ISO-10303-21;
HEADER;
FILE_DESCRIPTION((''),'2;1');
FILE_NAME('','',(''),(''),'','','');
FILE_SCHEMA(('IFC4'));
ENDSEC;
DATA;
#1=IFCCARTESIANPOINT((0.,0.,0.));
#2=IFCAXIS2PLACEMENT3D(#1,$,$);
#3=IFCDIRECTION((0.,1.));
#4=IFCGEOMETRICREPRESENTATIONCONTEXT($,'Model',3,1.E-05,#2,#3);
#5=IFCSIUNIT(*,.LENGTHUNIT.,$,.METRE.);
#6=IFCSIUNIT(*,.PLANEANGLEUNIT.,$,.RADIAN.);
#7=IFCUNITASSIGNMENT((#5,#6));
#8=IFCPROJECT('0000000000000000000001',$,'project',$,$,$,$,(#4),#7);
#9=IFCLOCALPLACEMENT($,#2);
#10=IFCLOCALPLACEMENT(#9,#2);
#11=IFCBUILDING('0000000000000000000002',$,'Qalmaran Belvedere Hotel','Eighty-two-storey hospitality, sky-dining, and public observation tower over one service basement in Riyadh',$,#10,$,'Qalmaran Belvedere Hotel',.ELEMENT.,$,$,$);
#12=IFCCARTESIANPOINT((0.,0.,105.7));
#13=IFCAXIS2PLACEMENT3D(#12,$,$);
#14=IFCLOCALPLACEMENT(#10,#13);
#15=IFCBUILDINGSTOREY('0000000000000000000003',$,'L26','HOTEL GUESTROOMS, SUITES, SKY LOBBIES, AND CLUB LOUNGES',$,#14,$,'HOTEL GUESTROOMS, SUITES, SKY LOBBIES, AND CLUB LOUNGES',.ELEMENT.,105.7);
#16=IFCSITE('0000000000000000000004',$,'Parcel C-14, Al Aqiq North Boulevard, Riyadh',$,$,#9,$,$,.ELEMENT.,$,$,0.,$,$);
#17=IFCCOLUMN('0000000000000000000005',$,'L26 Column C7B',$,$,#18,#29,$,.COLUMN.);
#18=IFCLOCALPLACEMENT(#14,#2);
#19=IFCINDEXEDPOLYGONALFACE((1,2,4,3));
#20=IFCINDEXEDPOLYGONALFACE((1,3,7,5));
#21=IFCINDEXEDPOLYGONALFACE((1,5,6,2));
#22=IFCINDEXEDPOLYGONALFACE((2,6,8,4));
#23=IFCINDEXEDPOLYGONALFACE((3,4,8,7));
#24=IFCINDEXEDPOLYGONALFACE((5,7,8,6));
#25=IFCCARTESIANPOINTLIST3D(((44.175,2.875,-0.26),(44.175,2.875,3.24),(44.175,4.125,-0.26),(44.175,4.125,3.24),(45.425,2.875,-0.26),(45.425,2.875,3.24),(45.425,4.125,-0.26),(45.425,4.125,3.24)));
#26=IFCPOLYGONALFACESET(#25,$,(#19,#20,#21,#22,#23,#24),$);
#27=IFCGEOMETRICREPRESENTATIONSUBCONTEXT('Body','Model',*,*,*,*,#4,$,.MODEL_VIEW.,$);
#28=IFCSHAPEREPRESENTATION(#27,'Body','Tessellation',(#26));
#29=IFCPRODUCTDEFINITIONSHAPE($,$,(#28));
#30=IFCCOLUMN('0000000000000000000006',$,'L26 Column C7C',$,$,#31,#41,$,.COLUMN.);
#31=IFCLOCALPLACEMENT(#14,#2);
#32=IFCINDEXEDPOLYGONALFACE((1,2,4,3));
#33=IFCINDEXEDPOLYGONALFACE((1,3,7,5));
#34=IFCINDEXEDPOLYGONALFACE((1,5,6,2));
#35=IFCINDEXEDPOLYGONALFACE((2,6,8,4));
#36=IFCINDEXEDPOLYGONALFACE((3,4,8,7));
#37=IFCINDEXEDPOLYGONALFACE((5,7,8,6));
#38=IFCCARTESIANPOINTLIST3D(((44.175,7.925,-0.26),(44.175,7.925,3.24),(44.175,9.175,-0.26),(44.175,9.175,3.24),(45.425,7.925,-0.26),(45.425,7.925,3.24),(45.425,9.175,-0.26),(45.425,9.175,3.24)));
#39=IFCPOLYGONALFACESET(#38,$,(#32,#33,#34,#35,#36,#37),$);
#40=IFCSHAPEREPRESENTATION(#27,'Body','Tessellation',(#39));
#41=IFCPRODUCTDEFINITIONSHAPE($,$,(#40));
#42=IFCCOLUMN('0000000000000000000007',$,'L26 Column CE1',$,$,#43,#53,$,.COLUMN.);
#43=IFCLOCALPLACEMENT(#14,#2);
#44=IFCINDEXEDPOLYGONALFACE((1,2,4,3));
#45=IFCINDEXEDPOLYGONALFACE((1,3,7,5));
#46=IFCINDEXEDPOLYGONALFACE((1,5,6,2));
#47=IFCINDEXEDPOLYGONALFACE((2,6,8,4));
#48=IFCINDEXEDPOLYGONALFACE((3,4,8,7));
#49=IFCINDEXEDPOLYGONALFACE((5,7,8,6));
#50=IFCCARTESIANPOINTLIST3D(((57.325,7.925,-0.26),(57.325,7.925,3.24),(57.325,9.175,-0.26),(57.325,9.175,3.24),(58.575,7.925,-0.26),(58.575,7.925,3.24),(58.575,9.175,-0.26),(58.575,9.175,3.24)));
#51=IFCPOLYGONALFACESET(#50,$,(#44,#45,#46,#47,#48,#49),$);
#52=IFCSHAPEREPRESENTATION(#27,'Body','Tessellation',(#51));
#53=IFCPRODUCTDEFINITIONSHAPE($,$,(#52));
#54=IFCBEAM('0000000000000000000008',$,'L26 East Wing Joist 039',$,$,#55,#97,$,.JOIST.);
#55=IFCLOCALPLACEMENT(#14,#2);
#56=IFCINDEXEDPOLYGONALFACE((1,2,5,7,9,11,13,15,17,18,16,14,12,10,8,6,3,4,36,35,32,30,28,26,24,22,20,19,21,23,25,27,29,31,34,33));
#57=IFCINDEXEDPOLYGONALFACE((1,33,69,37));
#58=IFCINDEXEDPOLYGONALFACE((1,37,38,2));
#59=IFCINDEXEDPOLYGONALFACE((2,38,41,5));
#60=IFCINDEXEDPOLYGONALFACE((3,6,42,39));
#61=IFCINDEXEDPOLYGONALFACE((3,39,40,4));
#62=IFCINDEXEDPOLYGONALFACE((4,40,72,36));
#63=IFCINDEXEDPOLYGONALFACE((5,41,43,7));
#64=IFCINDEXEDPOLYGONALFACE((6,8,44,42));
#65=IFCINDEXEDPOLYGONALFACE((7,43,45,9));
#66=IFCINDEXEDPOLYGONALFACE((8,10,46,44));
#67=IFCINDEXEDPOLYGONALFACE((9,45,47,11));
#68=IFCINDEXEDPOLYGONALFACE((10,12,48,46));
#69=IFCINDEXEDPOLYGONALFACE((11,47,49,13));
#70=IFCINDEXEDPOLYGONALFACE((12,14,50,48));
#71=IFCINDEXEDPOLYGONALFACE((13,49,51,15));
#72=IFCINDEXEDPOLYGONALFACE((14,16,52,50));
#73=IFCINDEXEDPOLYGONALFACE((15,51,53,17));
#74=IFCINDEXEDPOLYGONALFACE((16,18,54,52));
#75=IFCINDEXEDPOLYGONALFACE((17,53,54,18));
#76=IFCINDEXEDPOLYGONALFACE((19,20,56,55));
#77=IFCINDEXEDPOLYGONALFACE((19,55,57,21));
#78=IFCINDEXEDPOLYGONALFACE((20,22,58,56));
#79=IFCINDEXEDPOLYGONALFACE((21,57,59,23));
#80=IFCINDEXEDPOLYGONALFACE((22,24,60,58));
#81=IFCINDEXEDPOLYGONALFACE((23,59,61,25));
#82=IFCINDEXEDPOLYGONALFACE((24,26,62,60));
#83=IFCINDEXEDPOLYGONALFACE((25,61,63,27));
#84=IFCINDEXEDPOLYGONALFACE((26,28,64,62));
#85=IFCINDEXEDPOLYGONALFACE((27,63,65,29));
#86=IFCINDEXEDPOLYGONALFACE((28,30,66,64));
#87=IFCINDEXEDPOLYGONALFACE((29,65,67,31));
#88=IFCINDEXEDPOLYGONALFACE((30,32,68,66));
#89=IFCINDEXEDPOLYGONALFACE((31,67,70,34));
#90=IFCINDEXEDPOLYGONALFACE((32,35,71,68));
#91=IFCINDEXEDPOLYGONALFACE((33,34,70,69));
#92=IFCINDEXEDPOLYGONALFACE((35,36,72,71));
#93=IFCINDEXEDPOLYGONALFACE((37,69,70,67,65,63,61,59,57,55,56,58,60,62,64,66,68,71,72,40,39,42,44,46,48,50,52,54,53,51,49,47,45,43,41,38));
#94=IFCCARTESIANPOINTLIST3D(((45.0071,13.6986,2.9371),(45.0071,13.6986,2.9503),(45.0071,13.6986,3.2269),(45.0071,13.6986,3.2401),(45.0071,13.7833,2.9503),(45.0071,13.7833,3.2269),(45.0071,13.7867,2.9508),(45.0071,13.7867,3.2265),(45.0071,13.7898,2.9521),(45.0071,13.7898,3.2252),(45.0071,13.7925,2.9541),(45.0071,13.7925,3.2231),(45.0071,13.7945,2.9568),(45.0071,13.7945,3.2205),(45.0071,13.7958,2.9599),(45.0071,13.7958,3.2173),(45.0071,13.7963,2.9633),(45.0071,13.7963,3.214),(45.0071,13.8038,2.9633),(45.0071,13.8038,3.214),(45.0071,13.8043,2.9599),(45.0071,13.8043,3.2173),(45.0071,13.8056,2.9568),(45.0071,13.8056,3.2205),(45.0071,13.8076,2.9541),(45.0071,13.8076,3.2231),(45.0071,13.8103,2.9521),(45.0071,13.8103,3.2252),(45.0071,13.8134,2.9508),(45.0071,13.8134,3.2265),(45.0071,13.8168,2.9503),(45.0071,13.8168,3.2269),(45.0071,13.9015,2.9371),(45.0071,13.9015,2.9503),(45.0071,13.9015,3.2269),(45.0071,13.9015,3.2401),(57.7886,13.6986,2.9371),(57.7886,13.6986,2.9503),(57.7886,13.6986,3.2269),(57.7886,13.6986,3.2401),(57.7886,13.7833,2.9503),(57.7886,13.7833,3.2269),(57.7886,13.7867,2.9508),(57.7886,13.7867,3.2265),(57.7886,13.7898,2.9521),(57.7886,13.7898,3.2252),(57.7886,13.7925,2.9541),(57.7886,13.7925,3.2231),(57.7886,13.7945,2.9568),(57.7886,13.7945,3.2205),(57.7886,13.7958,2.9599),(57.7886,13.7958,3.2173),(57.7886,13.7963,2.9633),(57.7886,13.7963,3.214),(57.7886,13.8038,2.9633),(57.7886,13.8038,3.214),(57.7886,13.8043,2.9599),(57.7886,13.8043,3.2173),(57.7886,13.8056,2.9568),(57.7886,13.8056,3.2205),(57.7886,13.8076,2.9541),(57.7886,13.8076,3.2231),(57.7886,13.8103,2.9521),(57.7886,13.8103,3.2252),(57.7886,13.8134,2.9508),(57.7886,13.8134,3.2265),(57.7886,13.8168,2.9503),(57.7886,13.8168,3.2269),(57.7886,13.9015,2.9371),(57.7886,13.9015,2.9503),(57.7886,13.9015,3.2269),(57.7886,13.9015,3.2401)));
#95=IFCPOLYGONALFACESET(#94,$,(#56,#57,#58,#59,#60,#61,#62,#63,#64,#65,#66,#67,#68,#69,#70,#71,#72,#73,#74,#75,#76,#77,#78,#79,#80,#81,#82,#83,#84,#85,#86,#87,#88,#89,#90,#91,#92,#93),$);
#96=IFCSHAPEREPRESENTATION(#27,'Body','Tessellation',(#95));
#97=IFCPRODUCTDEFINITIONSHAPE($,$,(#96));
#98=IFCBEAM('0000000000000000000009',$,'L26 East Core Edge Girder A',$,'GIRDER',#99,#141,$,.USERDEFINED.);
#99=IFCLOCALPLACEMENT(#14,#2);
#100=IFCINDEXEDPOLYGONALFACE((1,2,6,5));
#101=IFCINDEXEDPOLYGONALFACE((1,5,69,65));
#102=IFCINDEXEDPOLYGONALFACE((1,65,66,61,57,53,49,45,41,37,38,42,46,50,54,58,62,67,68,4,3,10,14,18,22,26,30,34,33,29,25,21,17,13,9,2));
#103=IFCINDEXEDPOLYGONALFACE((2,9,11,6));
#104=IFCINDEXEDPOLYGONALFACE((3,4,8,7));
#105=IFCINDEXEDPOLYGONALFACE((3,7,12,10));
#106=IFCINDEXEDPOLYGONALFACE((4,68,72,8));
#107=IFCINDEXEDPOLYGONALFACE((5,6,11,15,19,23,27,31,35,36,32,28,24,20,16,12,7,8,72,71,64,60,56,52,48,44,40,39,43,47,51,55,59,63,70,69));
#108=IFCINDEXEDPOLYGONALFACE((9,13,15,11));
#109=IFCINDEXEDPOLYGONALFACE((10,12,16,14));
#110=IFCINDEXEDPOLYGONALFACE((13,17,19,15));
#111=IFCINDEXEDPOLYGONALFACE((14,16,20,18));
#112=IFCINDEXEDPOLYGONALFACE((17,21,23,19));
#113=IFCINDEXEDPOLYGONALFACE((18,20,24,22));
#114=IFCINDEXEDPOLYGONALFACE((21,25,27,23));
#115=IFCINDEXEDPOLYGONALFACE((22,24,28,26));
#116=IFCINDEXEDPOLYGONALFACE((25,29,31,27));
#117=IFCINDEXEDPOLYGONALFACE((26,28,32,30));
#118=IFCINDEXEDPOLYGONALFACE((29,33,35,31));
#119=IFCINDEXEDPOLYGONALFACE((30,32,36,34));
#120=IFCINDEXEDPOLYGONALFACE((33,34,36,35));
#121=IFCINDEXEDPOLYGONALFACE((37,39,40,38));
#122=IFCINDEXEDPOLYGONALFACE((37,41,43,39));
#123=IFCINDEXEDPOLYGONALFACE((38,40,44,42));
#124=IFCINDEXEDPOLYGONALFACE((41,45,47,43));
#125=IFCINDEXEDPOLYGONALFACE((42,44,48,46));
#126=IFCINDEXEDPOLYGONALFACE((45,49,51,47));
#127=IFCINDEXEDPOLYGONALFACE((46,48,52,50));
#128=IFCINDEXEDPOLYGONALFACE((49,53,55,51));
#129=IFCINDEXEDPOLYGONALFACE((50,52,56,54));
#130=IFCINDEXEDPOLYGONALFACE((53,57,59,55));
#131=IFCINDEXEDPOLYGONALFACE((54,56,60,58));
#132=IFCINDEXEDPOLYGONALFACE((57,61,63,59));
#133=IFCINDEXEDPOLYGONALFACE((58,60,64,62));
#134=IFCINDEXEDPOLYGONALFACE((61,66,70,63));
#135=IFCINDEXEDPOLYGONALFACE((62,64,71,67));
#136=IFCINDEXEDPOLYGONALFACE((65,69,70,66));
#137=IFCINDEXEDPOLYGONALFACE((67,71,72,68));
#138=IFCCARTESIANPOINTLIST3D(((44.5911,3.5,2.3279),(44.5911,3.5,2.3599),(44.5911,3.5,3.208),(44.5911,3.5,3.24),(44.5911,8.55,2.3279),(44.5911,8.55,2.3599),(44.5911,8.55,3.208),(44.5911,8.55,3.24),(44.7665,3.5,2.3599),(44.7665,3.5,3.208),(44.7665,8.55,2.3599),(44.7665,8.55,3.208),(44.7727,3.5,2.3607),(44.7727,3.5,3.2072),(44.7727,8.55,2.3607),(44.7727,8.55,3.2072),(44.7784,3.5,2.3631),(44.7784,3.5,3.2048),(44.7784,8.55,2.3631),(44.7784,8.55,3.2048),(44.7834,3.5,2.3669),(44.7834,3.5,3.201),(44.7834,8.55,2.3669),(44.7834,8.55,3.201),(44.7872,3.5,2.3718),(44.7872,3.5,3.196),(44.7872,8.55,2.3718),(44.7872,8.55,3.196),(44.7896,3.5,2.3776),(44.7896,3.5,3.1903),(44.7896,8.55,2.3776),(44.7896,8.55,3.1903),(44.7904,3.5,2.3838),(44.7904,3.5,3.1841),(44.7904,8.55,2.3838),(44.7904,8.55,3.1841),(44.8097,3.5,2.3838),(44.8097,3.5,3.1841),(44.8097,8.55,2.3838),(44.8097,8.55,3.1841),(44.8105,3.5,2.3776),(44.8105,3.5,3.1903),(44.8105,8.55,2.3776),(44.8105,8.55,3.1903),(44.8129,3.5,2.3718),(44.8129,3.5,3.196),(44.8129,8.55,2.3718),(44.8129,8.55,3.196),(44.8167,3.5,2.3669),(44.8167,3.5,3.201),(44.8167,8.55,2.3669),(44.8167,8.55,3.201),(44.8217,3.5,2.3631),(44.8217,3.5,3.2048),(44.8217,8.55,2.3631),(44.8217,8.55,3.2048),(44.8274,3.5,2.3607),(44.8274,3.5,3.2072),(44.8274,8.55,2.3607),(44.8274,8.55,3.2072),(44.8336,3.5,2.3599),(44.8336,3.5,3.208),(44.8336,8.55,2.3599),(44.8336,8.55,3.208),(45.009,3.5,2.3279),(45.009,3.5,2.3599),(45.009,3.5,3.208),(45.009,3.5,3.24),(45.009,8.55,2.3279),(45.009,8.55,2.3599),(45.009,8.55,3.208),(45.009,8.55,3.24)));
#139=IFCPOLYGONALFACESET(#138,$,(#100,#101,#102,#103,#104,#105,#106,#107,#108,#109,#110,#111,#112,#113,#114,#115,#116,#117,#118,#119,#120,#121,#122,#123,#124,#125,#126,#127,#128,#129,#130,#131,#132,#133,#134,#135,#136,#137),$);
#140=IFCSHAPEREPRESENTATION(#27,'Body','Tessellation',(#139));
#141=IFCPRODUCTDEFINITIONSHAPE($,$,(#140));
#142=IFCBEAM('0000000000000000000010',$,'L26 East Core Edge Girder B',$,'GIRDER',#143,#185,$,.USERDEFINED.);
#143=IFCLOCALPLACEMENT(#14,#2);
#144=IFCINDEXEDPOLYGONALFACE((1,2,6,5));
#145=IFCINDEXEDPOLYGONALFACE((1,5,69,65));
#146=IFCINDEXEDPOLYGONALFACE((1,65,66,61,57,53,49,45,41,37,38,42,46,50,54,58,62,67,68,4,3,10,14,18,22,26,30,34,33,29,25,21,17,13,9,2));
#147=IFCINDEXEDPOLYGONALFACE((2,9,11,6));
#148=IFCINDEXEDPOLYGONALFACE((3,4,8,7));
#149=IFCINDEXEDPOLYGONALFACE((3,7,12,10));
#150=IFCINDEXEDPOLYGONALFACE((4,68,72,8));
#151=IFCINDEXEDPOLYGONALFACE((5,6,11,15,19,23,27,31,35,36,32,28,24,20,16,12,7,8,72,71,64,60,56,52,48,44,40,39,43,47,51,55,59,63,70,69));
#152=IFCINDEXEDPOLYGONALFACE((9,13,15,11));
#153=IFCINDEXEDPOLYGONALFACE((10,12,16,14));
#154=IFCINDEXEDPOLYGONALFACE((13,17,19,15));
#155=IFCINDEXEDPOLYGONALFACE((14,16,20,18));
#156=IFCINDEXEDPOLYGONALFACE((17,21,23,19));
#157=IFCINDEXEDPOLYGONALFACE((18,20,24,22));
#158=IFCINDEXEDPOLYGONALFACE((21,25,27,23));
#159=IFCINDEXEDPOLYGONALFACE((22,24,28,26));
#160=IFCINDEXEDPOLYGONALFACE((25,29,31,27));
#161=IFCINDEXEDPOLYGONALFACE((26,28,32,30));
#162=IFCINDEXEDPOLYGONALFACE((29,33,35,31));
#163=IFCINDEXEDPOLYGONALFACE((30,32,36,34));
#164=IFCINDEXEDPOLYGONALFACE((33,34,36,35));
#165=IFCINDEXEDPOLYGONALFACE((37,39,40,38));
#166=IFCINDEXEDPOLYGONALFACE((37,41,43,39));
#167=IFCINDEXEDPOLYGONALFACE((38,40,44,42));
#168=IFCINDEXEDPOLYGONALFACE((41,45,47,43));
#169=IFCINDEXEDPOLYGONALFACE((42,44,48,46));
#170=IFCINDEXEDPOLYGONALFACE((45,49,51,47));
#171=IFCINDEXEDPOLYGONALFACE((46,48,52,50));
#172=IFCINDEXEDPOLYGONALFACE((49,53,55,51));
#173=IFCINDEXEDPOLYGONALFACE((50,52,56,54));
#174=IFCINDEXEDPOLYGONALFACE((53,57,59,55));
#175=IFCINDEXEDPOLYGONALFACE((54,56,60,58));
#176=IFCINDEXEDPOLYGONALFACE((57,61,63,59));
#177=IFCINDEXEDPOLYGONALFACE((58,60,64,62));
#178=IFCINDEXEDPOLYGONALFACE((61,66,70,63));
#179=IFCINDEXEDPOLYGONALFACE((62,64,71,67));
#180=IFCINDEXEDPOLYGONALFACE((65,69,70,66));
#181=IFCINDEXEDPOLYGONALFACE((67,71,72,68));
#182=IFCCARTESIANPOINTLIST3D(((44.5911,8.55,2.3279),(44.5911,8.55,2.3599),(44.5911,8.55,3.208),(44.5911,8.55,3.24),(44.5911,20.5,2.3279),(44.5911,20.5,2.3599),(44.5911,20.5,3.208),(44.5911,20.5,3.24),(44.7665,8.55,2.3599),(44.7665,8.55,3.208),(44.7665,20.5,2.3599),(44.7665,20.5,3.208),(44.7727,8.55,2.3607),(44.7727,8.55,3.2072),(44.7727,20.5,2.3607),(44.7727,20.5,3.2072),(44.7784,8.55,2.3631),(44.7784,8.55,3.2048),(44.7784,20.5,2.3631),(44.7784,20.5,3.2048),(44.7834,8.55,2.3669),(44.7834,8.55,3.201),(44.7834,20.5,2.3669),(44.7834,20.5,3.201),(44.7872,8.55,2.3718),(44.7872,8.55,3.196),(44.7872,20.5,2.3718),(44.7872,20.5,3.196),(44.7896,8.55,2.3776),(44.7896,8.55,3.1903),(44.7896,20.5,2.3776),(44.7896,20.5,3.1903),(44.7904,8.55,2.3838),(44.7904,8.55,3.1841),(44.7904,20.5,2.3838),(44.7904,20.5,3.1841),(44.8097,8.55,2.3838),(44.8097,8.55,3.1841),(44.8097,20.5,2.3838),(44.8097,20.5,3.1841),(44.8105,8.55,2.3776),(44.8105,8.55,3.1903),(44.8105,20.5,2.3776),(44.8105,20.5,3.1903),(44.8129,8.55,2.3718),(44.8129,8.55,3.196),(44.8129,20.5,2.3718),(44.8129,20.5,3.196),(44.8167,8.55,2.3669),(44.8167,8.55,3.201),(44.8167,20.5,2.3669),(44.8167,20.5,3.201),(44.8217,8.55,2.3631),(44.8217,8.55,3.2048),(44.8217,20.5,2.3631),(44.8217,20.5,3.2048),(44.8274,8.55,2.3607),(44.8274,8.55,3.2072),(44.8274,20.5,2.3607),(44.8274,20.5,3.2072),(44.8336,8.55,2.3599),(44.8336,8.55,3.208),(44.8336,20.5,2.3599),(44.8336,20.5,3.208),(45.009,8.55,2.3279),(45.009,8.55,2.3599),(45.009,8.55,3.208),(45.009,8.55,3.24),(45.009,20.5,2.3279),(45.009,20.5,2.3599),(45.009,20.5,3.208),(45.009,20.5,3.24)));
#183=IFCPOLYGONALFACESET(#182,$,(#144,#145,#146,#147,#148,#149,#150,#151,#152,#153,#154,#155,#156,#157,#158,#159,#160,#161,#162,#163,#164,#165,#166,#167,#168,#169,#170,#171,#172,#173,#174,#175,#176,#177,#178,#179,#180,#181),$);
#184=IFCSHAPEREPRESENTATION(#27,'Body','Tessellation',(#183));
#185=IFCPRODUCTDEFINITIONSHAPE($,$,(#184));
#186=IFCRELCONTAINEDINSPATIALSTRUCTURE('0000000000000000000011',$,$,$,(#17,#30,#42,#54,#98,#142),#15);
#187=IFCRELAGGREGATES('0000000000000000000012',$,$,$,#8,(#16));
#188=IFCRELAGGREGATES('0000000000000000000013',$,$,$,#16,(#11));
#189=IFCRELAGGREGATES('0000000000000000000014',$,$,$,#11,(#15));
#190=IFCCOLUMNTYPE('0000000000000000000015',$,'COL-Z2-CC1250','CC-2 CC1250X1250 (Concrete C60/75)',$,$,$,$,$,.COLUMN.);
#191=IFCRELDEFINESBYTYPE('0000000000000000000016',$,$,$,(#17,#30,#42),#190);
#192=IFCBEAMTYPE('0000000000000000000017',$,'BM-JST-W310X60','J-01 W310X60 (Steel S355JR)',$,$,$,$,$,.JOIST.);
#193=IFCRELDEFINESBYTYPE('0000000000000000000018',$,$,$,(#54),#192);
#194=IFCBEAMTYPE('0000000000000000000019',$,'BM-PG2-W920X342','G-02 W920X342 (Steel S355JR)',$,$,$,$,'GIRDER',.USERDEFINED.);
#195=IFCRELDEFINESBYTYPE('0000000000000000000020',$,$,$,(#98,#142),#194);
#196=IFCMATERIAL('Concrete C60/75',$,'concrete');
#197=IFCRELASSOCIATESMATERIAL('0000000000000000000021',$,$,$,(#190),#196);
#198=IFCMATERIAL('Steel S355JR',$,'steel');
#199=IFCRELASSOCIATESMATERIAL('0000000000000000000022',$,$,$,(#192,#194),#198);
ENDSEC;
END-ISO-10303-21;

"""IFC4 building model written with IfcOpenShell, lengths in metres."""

from ifc_helpers import new_model, si_unit, direction, frame, origin, origin_2d, place, context, subcontext, project, spatial, rectangle, i_section, extrude, material, material_profile, profile_set, type_object, element, save


model = new_model("IFC4")

# Units and contexts
model_context = context("Model", 3, precision=1e-05, world=origin(), true_north=direction((0.0, 1.0)))
body_context = subcontext(model_context, "Body", "Model", "MODEL_VIEW")
ifc_project = project(units=[si_unit("LENGTHUNIT", "METRE"), si_unit("PLANEANGLEUNIT", "RADIAN")], contexts=[model_context])

# Site, building, storey
site_placement = place(None, origin())
site = spatial("IfcSite", under=ifc_project, at=site_placement, Name="Parcel C-14, Al Aqiq North Boulevard, Riyadh", CompositionType="ELEMENT", RefElevation=0.0)
building_placement = place(site_placement, origin())
building = spatial("IfcBuilding", under=site, at=building_placement, Name="Qalmaran Belvedere Hotel", Description="Eighty-two-storey hospitality, sky-dining, and public observation tower over one service basement in Riyadh", LongName="Qalmaran Belvedere Hotel", CompositionType="ELEMENT")
storey_placement = place(building_placement, frame((0.0, 0.0, 105.7)))
storey = spatial("IfcBuildingStorey", under=building, at=storey_placement, Name="L26", Description="HOTEL GUESTROOMS, SUITES, SKY LOBBIES, AND CLUB LOUNGES", LongName="HOTEL GUESTROOMS, SUITES, SKY LOBBIES, AND CLUB LOUNGES", CompositionType="ELEMENT", Elevation=105.7)

# Columns
ifc_material_1 = material(Name="Concrete C60/75", Category="concrete")
ifc_material_profile_1 = material_profile(ifc_material_1, rectangle(XDim=1.25, YDim=1.25, at=origin_2d()), Name="CC1250X1250")
ifc_profile_set_1 = profile_set([ifc_material_profile_1], Name="Concrete C60/75")
column_type = type_object("IfcColumnType", Name="COL-Z2-CC1250", Description="CC-2 CC1250X1250 (Concrete C60/75)", PredefinedType="COLUMN", material=ifc_profile_set_1)
for number, where, z_axis, x_axis, name in (
    (1, (44.8, 3.5, -0.26), (0.0, 0.0, 1.0), (1.0, 0.0, 0.0), "L26 Column C7B"),
    (2, (44.8, 8.55, -0.26), (0.0, 0.0, 1.0), (1.0, 0.0, 0.0), "L26 Column C7C"),
    (3, (57.95, 8.55, -0.26), (0.0, 0.0, 1.0), (1.0, 0.0, 0.0), "L26 Column CE1"),
):
    element("IfcColumn", number, at=place(storey_placement, frame(where, z_axis=z_axis, x_axis=x_axis)), inside=storey, type_object=column_type, Name=name, PredefinedType="COLUMN", context=body_context, shape_type="SweptSolid", body=[
        extrude(rectangle(XDim=1.25, YDim=1.25, at=origin_2d()), origin(), (0.0, 0.0, 1.0), 3.5),
    ])

# Beams
ifc_material_2 = material(Name="Steel S355JR", Category="steel")
ifc_material_profile_2 = material_profile(ifc_material_2, i_section(OverallWidth=0.2029, OverallDepth=0.303, WebThickness=0.0076, FlangeThickness=0.0132, FilletRadius=0.0129, at=origin_2d()), Name="W310X60")
ifc_profile_set_2 = profile_set([ifc_material_profile_2], Name="Steel S355JR")
beam_type_1 = type_object("IfcBeamType", Name="BM-JST-W310X60", Description="J-01 W310X60 (Steel S355JR)", PredefinedType="JOIST", material=ifc_profile_set_2)
beam_1_placement = place(storey_placement, frame((45.0071, 13.8, 3.0886), z_axis=(1.0, 0.0, 0.0), x_axis=(0.0, 1.0, 0.0)))
element("IfcBeam", 4, at=beam_1_placement, inside=storey, type_object=beam_type_1, Name="L26 East Wing Joist 039", PredefinedType="JOIST", context=body_context, shape_type="SweptSolid", body=[
    extrude(i_section(OverallWidth=0.2029, OverallDepth=0.303, WebThickness=0.0076, FlangeThickness=0.0132, FilletRadius=0.0129, at=origin_2d()), origin(), (0.0, 0.0, 1.0), 12.7815),
])
ifc_material_profile_3 = material_profile(ifc_material_2, i_section(OverallWidth=0.418, OverallDepth=0.9121, WebThickness=0.0193, FlangeThickness=0.032, FilletRadius=0.0239, at=origin_2d()), Name="W920X342")
ifc_profile_set_3 = profile_set([ifc_material_profile_3], Name="Steel S355JR")
beam_type_2 = type_object("IfcBeamType", Name="BM-PG2-W920X342", Description="G-02 W920X342 (Steel S355JR)", ElementType="GIRDER", PredefinedType="USERDEFINED", material=ifc_profile_set_3)
beam_2_placement = place(storey_placement, frame((44.8, 3.5, 2.7839), z_axis=(0.0, 1.0, 0.0), x_axis=(-1.0, 0.0, 0.0)))
element("IfcBeam", 5, at=beam_2_placement, inside=storey, type_object=beam_type_2, Name="L26 East Core Edge Girder A", ObjectType="GIRDER", PredefinedType="USERDEFINED", context=body_context, shape_type="SweptSolid", body=[
    extrude(i_section(OverallWidth=0.418, OverallDepth=0.9121, WebThickness=0.0193, FlangeThickness=0.032, FilletRadius=0.0239, at=origin_2d()), origin(), (0.0, 0.0, 1.0), 5.05),
])
beam_3_placement = place(storey_placement, frame((44.8, 8.55, 2.7839), z_axis=(0.0, 1.0, 0.0), x_axis=(-1.0, 0.0, 0.0)))
element("IfcBeam", 6, at=beam_3_placement, inside=storey, type_object=beam_type_2, Name="L26 East Core Edge Girder B", ObjectType="GIRDER", PredefinedType="USERDEFINED", context=body_context, shape_type="SweptSolid", body=[
    extrude(i_section(OverallWidth=0.418, OverallDepth=0.9121, WebThickness=0.0193, FlangeThickness=0.032, FilletRadius=0.0239, at=origin_2d()), origin(), (0.0, 0.0, 1.0), 11.95),
])

save(model, "model.ifc")
